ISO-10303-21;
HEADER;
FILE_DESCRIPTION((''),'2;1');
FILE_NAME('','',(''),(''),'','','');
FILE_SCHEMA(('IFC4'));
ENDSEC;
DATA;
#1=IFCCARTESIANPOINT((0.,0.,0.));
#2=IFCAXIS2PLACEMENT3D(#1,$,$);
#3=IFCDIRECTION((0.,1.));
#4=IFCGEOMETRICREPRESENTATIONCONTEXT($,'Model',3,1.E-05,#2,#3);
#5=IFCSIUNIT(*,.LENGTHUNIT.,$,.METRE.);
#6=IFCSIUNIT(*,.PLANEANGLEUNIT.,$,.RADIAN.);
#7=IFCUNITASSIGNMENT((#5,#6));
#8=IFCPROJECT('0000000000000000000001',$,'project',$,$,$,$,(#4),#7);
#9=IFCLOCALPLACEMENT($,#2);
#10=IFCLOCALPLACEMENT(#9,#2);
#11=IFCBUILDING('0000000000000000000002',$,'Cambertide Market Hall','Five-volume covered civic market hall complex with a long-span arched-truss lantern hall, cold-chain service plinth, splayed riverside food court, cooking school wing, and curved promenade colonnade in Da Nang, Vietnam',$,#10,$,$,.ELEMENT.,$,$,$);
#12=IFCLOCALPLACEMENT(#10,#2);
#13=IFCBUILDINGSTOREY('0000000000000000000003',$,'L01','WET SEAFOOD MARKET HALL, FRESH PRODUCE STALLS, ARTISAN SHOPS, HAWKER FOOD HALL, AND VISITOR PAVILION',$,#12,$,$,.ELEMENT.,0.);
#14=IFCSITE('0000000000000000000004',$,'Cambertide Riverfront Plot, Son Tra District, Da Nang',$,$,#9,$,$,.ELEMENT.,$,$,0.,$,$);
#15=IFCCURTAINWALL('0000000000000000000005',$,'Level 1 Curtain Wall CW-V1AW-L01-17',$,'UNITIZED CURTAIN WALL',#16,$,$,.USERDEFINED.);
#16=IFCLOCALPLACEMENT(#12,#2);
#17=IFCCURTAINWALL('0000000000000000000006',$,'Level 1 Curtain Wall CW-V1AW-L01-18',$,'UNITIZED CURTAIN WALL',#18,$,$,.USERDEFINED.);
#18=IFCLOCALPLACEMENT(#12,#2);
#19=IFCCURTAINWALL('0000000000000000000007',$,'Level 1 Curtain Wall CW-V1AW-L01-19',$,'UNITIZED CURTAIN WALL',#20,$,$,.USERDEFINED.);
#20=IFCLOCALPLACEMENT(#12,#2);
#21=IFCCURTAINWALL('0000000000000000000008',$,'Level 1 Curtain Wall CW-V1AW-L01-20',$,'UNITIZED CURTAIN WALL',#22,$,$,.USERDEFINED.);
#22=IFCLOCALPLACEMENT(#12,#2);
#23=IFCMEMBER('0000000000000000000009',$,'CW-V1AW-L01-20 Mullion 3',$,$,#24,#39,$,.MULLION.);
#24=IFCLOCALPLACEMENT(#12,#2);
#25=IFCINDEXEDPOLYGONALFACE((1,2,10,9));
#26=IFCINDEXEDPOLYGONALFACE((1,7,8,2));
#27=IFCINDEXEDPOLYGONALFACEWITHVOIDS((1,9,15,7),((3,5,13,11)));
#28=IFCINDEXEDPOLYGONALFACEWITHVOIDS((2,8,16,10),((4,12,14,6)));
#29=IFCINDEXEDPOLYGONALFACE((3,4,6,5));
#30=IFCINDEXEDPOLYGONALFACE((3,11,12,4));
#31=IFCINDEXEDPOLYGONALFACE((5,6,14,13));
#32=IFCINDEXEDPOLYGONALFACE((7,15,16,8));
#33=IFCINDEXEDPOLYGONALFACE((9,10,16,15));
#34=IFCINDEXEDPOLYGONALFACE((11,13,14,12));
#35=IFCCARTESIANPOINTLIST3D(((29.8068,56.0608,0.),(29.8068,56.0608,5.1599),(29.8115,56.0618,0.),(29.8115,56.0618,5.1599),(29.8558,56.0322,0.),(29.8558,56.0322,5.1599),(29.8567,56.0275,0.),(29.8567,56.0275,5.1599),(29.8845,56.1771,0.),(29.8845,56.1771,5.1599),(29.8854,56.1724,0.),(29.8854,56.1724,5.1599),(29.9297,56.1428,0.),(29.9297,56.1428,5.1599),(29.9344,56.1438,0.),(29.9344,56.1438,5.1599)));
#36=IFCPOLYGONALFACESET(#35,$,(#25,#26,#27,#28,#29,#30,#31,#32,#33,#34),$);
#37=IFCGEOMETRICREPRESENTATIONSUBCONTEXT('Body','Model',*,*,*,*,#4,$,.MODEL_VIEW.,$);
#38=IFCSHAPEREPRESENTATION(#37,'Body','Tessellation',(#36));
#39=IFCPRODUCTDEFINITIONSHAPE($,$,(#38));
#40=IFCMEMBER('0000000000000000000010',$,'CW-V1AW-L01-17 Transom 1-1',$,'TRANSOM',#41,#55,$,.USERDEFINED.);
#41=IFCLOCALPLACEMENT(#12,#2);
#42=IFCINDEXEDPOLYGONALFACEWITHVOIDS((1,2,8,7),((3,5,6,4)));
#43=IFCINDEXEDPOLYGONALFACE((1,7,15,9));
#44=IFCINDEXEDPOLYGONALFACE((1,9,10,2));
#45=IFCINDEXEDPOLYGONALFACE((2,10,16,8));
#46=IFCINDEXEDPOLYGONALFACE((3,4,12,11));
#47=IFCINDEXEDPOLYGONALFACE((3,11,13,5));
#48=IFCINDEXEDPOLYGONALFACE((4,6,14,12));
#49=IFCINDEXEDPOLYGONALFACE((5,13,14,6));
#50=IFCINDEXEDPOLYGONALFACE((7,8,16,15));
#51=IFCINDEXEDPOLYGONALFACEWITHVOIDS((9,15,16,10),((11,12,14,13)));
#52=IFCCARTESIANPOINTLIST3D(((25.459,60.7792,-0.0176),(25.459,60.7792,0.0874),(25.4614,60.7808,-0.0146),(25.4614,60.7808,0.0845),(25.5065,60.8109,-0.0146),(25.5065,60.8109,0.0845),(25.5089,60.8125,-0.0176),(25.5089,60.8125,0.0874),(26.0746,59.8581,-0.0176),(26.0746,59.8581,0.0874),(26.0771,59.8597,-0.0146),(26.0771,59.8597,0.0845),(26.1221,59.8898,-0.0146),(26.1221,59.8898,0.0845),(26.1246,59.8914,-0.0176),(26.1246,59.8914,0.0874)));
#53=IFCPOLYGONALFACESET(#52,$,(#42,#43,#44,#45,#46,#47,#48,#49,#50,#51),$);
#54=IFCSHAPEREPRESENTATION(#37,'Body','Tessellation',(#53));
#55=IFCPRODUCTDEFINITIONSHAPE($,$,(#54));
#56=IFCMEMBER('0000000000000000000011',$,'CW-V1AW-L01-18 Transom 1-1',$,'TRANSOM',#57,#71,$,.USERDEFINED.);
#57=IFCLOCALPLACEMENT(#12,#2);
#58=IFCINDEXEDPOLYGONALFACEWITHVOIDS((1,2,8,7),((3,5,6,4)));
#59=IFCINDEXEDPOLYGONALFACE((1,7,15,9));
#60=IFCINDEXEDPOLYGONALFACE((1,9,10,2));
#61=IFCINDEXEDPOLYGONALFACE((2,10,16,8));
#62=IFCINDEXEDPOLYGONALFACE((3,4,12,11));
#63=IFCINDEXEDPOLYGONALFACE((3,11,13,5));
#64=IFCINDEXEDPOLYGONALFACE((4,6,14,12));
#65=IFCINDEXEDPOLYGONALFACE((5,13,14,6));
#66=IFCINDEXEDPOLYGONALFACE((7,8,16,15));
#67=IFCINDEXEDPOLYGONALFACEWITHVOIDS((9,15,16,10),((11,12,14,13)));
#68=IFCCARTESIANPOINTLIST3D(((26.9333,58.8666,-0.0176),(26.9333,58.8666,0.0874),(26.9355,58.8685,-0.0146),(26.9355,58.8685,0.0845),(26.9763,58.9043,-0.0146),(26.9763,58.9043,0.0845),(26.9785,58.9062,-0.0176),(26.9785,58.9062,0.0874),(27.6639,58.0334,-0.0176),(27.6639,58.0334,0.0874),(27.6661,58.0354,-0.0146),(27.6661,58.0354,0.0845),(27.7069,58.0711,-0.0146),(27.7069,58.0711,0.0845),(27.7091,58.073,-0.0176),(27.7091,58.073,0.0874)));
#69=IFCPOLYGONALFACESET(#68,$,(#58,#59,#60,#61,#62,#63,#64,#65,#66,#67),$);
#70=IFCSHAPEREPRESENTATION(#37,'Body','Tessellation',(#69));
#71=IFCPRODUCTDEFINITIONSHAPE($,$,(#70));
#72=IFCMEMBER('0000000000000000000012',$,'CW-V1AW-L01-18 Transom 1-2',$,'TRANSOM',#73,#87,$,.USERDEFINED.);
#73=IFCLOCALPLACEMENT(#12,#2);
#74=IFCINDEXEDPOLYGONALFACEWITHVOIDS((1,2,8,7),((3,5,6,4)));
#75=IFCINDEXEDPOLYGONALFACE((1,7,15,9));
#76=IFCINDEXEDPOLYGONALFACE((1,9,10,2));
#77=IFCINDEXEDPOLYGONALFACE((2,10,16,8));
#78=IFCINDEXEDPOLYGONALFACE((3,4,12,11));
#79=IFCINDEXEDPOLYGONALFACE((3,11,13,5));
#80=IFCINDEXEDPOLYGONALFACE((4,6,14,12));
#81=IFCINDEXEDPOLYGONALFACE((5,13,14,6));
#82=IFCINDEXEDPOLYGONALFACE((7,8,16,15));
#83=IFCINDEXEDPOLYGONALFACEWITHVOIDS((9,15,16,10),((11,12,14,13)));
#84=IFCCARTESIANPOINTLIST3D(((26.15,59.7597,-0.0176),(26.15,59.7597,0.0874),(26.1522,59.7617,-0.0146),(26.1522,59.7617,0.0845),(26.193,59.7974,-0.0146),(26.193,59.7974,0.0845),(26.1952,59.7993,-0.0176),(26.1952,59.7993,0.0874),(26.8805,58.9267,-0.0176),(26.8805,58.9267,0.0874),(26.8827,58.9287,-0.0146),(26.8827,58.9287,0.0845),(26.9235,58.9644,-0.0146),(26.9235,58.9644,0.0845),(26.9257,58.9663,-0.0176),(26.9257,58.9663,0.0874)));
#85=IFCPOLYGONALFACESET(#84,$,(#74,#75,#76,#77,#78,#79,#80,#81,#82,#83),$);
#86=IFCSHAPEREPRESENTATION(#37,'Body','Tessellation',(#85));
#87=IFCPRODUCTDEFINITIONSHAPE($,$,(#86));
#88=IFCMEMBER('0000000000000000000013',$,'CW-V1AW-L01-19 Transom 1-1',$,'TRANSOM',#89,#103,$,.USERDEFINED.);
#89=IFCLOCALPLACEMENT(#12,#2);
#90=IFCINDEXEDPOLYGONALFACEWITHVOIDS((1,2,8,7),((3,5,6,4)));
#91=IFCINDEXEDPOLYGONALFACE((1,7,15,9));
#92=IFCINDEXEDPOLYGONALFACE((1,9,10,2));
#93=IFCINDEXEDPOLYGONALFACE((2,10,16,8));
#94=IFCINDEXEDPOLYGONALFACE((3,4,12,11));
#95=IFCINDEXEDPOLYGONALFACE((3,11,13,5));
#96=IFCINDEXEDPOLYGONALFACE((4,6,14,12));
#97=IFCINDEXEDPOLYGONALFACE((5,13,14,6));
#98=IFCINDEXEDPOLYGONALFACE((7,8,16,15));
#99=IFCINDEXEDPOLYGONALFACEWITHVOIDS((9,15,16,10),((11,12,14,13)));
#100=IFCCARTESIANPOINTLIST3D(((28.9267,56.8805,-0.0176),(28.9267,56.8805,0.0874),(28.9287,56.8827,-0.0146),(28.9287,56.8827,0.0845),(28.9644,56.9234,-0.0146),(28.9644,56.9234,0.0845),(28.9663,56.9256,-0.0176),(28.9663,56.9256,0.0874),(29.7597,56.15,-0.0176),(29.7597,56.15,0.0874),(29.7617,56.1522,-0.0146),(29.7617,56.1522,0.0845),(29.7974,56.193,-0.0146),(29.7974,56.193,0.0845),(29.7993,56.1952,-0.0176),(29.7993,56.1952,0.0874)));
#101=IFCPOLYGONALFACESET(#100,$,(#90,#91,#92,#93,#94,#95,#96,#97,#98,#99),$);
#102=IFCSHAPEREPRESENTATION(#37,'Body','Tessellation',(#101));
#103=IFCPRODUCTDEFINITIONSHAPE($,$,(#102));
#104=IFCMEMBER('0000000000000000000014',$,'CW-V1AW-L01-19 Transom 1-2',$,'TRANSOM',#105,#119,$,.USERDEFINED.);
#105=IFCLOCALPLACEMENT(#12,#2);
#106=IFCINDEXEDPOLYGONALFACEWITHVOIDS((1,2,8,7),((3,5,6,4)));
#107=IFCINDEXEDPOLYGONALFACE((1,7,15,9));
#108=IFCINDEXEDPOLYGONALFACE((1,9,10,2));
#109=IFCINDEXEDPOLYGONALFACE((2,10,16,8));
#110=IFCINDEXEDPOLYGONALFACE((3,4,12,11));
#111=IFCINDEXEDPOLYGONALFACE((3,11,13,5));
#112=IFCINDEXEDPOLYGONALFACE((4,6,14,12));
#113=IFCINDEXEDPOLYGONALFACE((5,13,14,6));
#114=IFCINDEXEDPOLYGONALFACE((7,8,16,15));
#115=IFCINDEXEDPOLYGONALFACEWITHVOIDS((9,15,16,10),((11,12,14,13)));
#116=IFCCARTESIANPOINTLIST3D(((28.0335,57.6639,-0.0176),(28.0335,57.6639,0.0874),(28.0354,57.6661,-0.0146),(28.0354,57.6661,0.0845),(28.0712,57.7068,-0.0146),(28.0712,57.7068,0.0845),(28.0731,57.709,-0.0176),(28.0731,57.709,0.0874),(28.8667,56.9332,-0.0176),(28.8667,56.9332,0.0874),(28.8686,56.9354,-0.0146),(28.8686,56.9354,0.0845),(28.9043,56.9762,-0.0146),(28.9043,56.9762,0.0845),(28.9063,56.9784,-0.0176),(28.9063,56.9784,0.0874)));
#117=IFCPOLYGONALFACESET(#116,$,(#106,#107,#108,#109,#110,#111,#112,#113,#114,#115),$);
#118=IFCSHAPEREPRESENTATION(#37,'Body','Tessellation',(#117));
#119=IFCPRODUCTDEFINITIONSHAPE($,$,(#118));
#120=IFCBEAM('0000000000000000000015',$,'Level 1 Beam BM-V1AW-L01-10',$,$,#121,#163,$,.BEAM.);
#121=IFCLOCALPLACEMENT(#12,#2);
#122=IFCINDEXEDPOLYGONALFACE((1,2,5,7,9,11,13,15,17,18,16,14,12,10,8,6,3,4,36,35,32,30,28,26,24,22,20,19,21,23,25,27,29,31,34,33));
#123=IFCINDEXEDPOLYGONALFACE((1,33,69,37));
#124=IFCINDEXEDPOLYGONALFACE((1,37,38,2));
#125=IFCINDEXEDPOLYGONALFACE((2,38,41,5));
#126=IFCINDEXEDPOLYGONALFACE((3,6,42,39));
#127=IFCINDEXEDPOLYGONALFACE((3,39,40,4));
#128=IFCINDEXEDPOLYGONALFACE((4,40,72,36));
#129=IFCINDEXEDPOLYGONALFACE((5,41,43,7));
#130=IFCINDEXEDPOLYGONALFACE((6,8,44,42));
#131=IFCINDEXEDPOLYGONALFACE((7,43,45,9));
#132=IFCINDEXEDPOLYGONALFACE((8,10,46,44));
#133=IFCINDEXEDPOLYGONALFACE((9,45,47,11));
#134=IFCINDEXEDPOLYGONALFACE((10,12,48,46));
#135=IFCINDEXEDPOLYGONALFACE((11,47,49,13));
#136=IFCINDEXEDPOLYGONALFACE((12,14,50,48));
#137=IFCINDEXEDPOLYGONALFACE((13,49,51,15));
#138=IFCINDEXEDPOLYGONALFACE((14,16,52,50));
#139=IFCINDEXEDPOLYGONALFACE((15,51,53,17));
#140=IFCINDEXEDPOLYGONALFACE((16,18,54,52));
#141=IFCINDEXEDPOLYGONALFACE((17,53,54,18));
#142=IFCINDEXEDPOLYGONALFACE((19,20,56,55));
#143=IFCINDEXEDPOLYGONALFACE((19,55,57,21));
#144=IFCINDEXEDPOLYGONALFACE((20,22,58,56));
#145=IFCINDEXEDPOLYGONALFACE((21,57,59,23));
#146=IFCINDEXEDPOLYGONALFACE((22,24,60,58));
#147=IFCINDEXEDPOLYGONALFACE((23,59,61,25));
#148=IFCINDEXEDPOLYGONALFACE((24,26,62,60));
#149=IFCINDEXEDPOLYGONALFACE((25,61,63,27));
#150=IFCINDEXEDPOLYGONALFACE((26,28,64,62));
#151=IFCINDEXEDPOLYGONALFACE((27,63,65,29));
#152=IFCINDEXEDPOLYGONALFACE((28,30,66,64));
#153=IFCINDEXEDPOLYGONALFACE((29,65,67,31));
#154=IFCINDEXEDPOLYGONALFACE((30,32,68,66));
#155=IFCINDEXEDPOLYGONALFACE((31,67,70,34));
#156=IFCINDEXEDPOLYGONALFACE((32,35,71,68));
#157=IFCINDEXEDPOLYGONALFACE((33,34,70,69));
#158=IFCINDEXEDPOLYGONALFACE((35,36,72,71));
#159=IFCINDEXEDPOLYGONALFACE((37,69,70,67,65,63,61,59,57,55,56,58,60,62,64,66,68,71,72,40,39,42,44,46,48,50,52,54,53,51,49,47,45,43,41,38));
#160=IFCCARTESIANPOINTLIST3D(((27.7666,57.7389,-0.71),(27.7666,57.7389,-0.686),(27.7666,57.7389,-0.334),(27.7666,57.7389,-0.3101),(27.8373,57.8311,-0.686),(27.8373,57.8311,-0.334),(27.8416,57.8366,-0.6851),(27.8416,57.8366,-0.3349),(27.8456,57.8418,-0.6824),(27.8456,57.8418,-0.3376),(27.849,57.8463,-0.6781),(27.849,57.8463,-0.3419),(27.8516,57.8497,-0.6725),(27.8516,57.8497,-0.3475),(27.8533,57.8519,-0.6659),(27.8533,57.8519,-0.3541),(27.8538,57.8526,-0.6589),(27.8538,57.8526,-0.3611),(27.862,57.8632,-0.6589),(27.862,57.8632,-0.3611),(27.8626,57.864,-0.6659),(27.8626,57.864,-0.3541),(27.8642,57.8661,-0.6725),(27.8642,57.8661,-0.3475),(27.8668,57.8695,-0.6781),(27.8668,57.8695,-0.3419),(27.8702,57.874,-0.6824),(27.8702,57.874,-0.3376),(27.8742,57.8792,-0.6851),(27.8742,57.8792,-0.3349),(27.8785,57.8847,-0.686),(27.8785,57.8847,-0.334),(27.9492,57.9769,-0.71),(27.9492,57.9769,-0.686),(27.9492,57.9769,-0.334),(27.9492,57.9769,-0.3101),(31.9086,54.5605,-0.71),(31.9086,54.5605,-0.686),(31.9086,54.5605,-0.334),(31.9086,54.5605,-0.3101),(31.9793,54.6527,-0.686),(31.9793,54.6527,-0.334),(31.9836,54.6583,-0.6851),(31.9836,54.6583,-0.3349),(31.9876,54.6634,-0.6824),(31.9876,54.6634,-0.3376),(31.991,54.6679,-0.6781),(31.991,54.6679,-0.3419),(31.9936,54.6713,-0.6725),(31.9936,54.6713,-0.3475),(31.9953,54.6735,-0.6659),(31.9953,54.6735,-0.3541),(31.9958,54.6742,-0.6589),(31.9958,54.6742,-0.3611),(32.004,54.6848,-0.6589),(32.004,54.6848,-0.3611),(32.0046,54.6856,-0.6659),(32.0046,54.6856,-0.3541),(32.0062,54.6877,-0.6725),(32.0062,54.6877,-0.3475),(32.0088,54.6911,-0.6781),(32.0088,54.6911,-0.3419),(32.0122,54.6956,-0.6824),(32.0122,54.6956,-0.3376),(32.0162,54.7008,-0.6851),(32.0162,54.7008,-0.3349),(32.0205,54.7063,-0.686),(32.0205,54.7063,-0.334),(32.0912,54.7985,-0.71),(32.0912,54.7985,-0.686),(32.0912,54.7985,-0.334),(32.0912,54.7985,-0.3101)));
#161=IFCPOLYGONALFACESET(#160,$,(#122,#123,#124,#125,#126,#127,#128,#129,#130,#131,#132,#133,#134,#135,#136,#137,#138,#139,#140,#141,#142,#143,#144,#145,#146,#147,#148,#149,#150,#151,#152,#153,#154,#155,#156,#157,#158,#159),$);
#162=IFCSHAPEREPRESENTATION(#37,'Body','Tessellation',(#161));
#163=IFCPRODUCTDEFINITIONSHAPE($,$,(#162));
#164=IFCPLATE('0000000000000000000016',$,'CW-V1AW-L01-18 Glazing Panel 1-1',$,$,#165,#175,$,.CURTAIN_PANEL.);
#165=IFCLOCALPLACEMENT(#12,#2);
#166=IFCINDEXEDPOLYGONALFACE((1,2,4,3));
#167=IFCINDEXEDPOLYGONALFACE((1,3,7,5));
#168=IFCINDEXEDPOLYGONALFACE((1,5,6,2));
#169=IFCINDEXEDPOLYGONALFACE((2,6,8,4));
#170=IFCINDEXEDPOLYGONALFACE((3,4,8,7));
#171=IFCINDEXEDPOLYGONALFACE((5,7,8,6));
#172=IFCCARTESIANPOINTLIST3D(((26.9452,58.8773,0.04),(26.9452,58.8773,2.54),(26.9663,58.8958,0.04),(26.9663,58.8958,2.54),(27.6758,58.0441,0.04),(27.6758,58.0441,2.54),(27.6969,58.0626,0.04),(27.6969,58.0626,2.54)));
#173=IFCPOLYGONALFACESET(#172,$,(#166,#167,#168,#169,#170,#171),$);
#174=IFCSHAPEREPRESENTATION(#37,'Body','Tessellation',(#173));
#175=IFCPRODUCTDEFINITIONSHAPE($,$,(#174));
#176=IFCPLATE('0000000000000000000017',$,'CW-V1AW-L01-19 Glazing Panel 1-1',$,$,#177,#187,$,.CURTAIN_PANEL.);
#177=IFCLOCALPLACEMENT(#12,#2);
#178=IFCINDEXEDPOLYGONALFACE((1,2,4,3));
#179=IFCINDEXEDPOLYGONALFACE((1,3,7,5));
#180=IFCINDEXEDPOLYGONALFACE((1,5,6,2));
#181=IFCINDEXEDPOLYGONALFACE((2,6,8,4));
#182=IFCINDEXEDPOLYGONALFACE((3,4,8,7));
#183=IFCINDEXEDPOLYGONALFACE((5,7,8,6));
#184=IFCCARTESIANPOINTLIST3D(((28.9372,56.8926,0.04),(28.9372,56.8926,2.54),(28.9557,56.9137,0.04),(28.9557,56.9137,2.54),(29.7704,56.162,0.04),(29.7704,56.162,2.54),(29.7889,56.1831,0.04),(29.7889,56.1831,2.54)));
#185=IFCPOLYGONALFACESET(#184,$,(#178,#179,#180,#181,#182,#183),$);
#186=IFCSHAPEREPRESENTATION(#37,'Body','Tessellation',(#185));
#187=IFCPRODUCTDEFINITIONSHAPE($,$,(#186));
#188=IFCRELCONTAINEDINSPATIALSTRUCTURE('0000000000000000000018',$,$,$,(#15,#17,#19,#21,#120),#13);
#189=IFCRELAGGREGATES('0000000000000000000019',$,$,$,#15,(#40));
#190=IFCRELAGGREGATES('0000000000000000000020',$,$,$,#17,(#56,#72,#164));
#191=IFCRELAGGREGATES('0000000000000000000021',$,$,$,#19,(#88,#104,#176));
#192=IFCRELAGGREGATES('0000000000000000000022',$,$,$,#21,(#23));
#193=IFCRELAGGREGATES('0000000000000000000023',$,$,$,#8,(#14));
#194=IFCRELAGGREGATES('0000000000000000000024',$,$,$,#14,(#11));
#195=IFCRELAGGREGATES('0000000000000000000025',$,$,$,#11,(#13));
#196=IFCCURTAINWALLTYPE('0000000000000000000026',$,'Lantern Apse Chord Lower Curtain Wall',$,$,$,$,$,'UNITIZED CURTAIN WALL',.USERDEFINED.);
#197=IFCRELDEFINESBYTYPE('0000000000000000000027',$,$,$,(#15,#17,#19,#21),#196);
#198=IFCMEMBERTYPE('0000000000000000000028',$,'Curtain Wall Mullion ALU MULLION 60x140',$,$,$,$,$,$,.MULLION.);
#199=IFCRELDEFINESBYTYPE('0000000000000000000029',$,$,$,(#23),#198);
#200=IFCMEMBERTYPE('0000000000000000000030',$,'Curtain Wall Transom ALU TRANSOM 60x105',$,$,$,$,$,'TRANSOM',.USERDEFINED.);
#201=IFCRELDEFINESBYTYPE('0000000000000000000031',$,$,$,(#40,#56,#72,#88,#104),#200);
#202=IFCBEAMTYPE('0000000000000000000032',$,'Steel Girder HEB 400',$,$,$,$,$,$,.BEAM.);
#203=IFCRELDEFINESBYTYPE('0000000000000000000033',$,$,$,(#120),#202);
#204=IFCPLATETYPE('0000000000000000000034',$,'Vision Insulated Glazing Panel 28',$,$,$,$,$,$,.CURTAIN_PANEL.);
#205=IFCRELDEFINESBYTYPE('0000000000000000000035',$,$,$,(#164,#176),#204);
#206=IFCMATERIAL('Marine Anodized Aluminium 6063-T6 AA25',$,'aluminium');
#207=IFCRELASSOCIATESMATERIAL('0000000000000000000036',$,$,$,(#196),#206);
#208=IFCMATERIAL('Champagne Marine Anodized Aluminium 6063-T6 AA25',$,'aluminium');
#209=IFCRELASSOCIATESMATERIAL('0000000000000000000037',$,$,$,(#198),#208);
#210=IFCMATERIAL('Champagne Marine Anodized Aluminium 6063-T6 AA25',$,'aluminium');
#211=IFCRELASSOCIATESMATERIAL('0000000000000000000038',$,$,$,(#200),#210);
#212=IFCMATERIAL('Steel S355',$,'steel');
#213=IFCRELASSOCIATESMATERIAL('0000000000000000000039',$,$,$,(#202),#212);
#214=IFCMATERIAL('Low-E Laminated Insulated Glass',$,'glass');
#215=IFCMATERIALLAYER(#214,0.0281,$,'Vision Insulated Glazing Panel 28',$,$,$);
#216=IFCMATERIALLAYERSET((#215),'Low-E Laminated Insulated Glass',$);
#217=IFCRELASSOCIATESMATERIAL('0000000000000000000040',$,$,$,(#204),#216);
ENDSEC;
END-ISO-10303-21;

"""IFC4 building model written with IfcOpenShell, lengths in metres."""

from ifc_helpers import new_model, si_unit, direction, frame, origin, origin_2d, place, context, subcontext, project, spatial, rectangle, hollow_rectangle, i_section, extrude, material, layer, layer_set, material_profile, profile_set, type_object, element, aggregate, save


model = new_model("IFC4")

# Units and contexts
model_context = context("Model", 3, precision=1e-05, world=origin(), true_north=direction((0.0, 1.0)))
body_context = subcontext(model_context, "Body", "Model", "MODEL_VIEW")
ifc_project = project(units=[si_unit("LENGTHUNIT", "METRE"), si_unit("PLANEANGLEUNIT", "RADIAN")], contexts=[model_context])

# Site, building, storey
site_placement = place(None, origin())
site = spatial("IfcSite", under=ifc_project, at=site_placement, Name="Cambertide Riverfront Plot, Son Tra District, Da Nang", CompositionType="ELEMENT", RefElevation=0.0)
building_placement = place(site_placement, origin())
building = spatial("IfcBuilding", under=site, at=building_placement, Name="Cambertide Market Hall", Description="Five-volume covered civic market hall complex with a long-span arched-truss lantern hall, cold-chain service plinth, splayed riverside food court, cooking school wing, and curved promenade colonnade in Da Nang, Vietnam", CompositionType="ELEMENT")
storey_placement = place(building_placement, origin())
storey = spatial("IfcBuildingStorey", under=building, at=storey_placement, Name="L01", Description="WET SEAFOOD MARKET HALL, FRESH PRODUCE STALLS, ARTISAN SHOPS, HAWKER FOOD HALL, AND VISITOR PAVILION", CompositionType="ELEMENT", Elevation=0.0)

# Curtain walls
ifc_material_1 = material(Name="Marine Anodized Aluminium 6063-T6 AA25", Category="aluminium")
curtain_wall_type = type_object("IfcCurtainWallType", Name="Lantern Apse Chord Lower Curtain Wall", ElementType="UNITIZED CURTAIN WALL", PredefinedType="USERDEFINED", material=ifc_material_1)
curtain_wall_1_placement = place(storey_placement, origin())
curtain_wall_1 = element("IfcCurtainWall", 1, at=curtain_wall_1_placement, inside=storey, type_object=curtain_wall_type, Name="Level 1 Curtain Wall CW-V1AW-L01-17", ObjectType="UNITIZED CURTAIN WALL", PredefinedType="USERDEFINED")
ifc_material_2 = material(Name="Champagne Marine Anodized Aluminium 6063-T6 AA25", Category="aluminium")
ifc_material_profile_1 = material_profile(ifc_material_2, hollow_rectangle(XDim=0.0601, YDim=0.1399, WallThickness=0.0034, at=origin_2d()), Name="ALU MULLION 60x140")
ifc_profile_set_1 = profile_set([ifc_material_profile_1], Name="Champagne Marine Anodized Aluminium 6063-T6 AA25")
member_type_1 = type_object("IfcMemberType", Name="Curtain Wall Mullion ALU MULLION 60x140", PredefinedType="MULLION", material=ifc_profile_set_1)
curtain_wall_2_placement = place(storey_placement, origin())
curtain_wall_2 = element("IfcCurtainWall", 2, at=curtain_wall_2_placement, inside=storey, type_object=curtain_wall_type, Name="Level 1 Curtain Wall CW-V1AW-L01-18", ObjectType="UNITIZED CURTAIN WALL", PredefinedType="USERDEFINED")
curtain_wall_3_placement = place(storey_placement, origin())
curtain_wall_3 = element("IfcCurtainWall", 3, at=curtain_wall_3_placement, inside=storey, type_object=curtain_wall_type, Name="Level 1 Curtain Wall CW-V1AW-L01-19", ObjectType="UNITIZED CURTAIN WALL", PredefinedType="USERDEFINED")

# Curtain wall, member
curtain_wall_4_placement = place(storey_placement, origin())
curtain_wall_4 = element("IfcCurtainWall", 4, at=curtain_wall_4_placement, inside=storey, type_object=curtain_wall_type, Name="Level 1 Curtain Wall CW-V1AW-L01-20", ObjectType="UNITIZED CURTAIN WALL", PredefinedType="USERDEFINED")
member_1_placement = place(storey_placement, frame((29.8706, 56.1023, 0.0), z_axis=(0.0, 0.0, 1.0), x_axis=(-0.83147, 0.55557, 0.0)))
member_1 = element("IfcMember", 5, at=member_1_placement, type_object=member_type_1, Name="CW-V1AW-L01-20 Mullion 3", PredefinedType="MULLION", context=body_context, shape_type="SweptSolid", body=[
    extrude(hollow_rectangle(XDim=0.0601, YDim=0.1399, WallThickness=0.0034, at=origin_2d()), origin(), (0.0, 0.0, 1.0), 5.1599),
])

# Members
ifc_material_3 = material(Name="Champagne Marine Anodized Aluminium 6063-T6 AA25", Category="aluminium")
ifc_material_profile_2 = material_profile(ifc_material_3, hollow_rectangle(XDim=0.0601, YDim=0.105, WallThickness=0.0029, at=origin_2d()), Name="ALU TRANSOM 60x105")
ifc_profile_set_2 = profile_set([ifc_material_profile_2], Name="Champagne Marine Anodized Aluminium 6063-T6 AA25")
member_type_2 = type_object("IfcMemberType", Name="Curtain Wall Transom ALU TRANSOM 60x105", ElementType="TRANSOM", PredefinedType="USERDEFINED", material=ifc_profile_set_2)
member_2_placement = place(storey_placement, frame((26.0996, 59.8748, 0.0349), z_axis=(-0.555717, 0.831372, 0.0), x_axis=(-0.831372, -0.555717, 0.0)))
member_2 = element("IfcMember", 6, at=member_2_placement, type_object=member_type_2, Name="CW-V1AW-L01-17 Transom 1-1", ObjectType="TRANSOM", PredefinedType="USERDEFINED", context=body_context, shape_type="SweptSolid", body=[
    extrude(hollow_rectangle(XDim=0.0601, YDim=0.105, WallThickness=0.0029, at=origin_2d()), origin(), (0.0, 0.0, 1.0), 1.1079),
])
aggregate(curtain_wall_1, [member_2])
member_3_placement = place(storey_placement, frame((27.6865, 58.0532, 0.0349), z_axis=(-0.659331, 0.751853, 0.0), x_axis=(-0.751853, -0.659331, 0.0)))
member_3 = element("IfcMember", 7, at=member_3_placement, type_object=member_type_2, Name="CW-V1AW-L01-18 Transom 1-1", ObjectType="TRANSOM", PredefinedType="USERDEFINED", context=body_context, shape_type="SweptSolid", body=[
    extrude(hollow_rectangle(XDim=0.0601, YDim=0.105, WallThickness=0.0029, at=origin_2d()), origin(), (0.0, 0.0, 1.0), 1.1082),
])
member_4_placement = place(storey_placement, frame((26.9031, 58.9465, 0.0349), z_axis=(-0.659315, 0.751866, 0.0), x_axis=(-0.751866, -0.659315, 0.0)))
member_4 = element("IfcMember", 8, at=member_4_placement, type_object=member_type_2, Name="CW-V1AW-L01-18 Transom 1-2", ObjectType="TRANSOM", PredefinedType="USERDEFINED", context=body_context, shape_type="SweptSolid", body=[
    extrude(hollow_rectangle(XDim=0.0601, YDim=0.105, WallThickness=0.0029, at=origin_2d()), origin(), (0.0, 0.0, 1.0), 1.1079),
])
member_5_placement = place(storey_placement, frame((29.7795, 56.1726, 0.0349), z_axis=(-0.751866, 0.659315, 0.0), x_axis=(-0.659315, -0.751866, 0.0)))
member_5 = element("IfcMember", 9, at=member_5_placement, type_object=member_type_2, Name="CW-V1AW-L01-19 Transom 1-1", ObjectType="TRANSOM", PredefinedType="USERDEFINED", context=body_context, shape_type="SweptSolid", body=[
    extrude(hollow_rectangle(XDim=0.0601, YDim=0.105, WallThickness=0.0029, at=origin_2d()), origin(), (0.0, 0.0, 1.0), 1.1079),
])
member_6_placement = place(storey_placement, frame((28.8865, 56.9558, 0.0349), z_axis=(-0.751853, 0.659331, 0.0), x_axis=(-0.659331, -0.751853, 0.0)))
member_6 = element("IfcMember", 10, at=member_6_placement, type_object=member_type_2, Name="CW-V1AW-L01-19 Transom 1-2", ObjectType="TRANSOM", PredefinedType="USERDEFINED", context=body_context, shape_type="SweptSolid", body=[
    extrude(hollow_rectangle(XDim=0.0601, YDim=0.105, WallThickness=0.0029, at=origin_2d()), origin(), (0.0, 0.0, 1.0), 1.1082),
])

# Beam
ifc_material_4 = material(Name="Steel S355", Category="steel")
ifc_material_profile_3 = material_profile(ifc_material_4, i_section(OverallWidth=0.3, OverallDepth=0.3999, WebThickness=0.0134, FlangeThickness=0.0239, FilletRadius=0.0271, at=origin_2d()), Name="HEB 400")
ifc_profile_set_3 = profile_set([ifc_material_profile_3], Name="Steel S355")
beam_type = type_object("IfcBeamType", Name="Steel Girder HEB 400", PredefinedType="BEAM", material=ifc_profile_set_3)
beam_placement = place(storey_placement, frame((27.8579, 57.8579, -0.51), z_axis=(0.793341, -0.608777, 0.0), x_axis=(0.608777, 0.793341, 0.0)))
element("IfcBeam", 11, at=beam_placement, inside=storey, type_object=beam_type, Name="Level 1 Beam BM-V1AW-L01-10", PredefinedType="BEAM", context=body_context, shape_type="SweptSolid", body=[
    extrude(i_section(OverallWidth=0.3, OverallDepth=0.3999, WebThickness=0.0134, FlangeThickness=0.0239, FilletRadius=0.0271, at=origin_2d()), origin(), (0.0, 0.0, 1.0), 5.2209),
])

# Plates
ifc_material_5 = material(Name="Low-E Laminated Insulated Glass", Category="glass")
ifc_layer_1 = layer(ifc_material_5, 0.0281, Name="Vision Insulated Glazing Panel 28")
ifc_layer_set_1 = layer_set([ifc_layer_1], Name="Low-E Laminated Insulated Glass")
plate_type = type_object("IfcPlateType", Name="Vision Insulated Glazing Panel 28", PredefinedType="CURTAIN_PANEL", material=ifc_layer_set_1)
plate_1_placement = place(storey_placement, frame((27.321, 58.47, 0.04), z_axis=(0.0, 0.0, 1.0), x_axis=(-0.659346, 0.75184, 0.0)))
plate_1 = element("IfcPlate", 12, at=plate_1_placement, type_object=plate_type, Name="CW-V1AW-L01-18 Glazing Panel 1-1", PredefinedType="CURTAIN_PANEL", context=body_context, shape_type="SweptSolid", body=[
    extrude(rectangle(XDim=1.1082, YDim=0.0281, at=origin_2d()), origin(), (0.0, 0.0, 1.0), 2.5),
])
aggregate(curtain_wall_2, [member_3, member_4, plate_1])
plate_2_placement = place(storey_placement, frame((29.363, 56.5378, 0.04), z_axis=(0.0, 0.0, 1.0), x_axis=(-0.75184, 0.659346, 0.0)))
plate_2 = element("IfcPlate", 13, at=plate_2_placement, type_object=plate_type, Name="CW-V1AW-L01-19 Glazing Panel 1-1", PredefinedType="CURTAIN_PANEL", context=body_context, shape_type="SweptSolid", body=[
    extrude(rectangle(XDim=1.1082, YDim=0.0281, at=origin_2d()), origin(), (0.0, 0.0, 1.0), 2.5),
])
aggregate(curtain_wall_3, [member_5, member_6, plate_2])
aggregate(curtain_wall_4, [member_1])

save(model, "model.ifc")
